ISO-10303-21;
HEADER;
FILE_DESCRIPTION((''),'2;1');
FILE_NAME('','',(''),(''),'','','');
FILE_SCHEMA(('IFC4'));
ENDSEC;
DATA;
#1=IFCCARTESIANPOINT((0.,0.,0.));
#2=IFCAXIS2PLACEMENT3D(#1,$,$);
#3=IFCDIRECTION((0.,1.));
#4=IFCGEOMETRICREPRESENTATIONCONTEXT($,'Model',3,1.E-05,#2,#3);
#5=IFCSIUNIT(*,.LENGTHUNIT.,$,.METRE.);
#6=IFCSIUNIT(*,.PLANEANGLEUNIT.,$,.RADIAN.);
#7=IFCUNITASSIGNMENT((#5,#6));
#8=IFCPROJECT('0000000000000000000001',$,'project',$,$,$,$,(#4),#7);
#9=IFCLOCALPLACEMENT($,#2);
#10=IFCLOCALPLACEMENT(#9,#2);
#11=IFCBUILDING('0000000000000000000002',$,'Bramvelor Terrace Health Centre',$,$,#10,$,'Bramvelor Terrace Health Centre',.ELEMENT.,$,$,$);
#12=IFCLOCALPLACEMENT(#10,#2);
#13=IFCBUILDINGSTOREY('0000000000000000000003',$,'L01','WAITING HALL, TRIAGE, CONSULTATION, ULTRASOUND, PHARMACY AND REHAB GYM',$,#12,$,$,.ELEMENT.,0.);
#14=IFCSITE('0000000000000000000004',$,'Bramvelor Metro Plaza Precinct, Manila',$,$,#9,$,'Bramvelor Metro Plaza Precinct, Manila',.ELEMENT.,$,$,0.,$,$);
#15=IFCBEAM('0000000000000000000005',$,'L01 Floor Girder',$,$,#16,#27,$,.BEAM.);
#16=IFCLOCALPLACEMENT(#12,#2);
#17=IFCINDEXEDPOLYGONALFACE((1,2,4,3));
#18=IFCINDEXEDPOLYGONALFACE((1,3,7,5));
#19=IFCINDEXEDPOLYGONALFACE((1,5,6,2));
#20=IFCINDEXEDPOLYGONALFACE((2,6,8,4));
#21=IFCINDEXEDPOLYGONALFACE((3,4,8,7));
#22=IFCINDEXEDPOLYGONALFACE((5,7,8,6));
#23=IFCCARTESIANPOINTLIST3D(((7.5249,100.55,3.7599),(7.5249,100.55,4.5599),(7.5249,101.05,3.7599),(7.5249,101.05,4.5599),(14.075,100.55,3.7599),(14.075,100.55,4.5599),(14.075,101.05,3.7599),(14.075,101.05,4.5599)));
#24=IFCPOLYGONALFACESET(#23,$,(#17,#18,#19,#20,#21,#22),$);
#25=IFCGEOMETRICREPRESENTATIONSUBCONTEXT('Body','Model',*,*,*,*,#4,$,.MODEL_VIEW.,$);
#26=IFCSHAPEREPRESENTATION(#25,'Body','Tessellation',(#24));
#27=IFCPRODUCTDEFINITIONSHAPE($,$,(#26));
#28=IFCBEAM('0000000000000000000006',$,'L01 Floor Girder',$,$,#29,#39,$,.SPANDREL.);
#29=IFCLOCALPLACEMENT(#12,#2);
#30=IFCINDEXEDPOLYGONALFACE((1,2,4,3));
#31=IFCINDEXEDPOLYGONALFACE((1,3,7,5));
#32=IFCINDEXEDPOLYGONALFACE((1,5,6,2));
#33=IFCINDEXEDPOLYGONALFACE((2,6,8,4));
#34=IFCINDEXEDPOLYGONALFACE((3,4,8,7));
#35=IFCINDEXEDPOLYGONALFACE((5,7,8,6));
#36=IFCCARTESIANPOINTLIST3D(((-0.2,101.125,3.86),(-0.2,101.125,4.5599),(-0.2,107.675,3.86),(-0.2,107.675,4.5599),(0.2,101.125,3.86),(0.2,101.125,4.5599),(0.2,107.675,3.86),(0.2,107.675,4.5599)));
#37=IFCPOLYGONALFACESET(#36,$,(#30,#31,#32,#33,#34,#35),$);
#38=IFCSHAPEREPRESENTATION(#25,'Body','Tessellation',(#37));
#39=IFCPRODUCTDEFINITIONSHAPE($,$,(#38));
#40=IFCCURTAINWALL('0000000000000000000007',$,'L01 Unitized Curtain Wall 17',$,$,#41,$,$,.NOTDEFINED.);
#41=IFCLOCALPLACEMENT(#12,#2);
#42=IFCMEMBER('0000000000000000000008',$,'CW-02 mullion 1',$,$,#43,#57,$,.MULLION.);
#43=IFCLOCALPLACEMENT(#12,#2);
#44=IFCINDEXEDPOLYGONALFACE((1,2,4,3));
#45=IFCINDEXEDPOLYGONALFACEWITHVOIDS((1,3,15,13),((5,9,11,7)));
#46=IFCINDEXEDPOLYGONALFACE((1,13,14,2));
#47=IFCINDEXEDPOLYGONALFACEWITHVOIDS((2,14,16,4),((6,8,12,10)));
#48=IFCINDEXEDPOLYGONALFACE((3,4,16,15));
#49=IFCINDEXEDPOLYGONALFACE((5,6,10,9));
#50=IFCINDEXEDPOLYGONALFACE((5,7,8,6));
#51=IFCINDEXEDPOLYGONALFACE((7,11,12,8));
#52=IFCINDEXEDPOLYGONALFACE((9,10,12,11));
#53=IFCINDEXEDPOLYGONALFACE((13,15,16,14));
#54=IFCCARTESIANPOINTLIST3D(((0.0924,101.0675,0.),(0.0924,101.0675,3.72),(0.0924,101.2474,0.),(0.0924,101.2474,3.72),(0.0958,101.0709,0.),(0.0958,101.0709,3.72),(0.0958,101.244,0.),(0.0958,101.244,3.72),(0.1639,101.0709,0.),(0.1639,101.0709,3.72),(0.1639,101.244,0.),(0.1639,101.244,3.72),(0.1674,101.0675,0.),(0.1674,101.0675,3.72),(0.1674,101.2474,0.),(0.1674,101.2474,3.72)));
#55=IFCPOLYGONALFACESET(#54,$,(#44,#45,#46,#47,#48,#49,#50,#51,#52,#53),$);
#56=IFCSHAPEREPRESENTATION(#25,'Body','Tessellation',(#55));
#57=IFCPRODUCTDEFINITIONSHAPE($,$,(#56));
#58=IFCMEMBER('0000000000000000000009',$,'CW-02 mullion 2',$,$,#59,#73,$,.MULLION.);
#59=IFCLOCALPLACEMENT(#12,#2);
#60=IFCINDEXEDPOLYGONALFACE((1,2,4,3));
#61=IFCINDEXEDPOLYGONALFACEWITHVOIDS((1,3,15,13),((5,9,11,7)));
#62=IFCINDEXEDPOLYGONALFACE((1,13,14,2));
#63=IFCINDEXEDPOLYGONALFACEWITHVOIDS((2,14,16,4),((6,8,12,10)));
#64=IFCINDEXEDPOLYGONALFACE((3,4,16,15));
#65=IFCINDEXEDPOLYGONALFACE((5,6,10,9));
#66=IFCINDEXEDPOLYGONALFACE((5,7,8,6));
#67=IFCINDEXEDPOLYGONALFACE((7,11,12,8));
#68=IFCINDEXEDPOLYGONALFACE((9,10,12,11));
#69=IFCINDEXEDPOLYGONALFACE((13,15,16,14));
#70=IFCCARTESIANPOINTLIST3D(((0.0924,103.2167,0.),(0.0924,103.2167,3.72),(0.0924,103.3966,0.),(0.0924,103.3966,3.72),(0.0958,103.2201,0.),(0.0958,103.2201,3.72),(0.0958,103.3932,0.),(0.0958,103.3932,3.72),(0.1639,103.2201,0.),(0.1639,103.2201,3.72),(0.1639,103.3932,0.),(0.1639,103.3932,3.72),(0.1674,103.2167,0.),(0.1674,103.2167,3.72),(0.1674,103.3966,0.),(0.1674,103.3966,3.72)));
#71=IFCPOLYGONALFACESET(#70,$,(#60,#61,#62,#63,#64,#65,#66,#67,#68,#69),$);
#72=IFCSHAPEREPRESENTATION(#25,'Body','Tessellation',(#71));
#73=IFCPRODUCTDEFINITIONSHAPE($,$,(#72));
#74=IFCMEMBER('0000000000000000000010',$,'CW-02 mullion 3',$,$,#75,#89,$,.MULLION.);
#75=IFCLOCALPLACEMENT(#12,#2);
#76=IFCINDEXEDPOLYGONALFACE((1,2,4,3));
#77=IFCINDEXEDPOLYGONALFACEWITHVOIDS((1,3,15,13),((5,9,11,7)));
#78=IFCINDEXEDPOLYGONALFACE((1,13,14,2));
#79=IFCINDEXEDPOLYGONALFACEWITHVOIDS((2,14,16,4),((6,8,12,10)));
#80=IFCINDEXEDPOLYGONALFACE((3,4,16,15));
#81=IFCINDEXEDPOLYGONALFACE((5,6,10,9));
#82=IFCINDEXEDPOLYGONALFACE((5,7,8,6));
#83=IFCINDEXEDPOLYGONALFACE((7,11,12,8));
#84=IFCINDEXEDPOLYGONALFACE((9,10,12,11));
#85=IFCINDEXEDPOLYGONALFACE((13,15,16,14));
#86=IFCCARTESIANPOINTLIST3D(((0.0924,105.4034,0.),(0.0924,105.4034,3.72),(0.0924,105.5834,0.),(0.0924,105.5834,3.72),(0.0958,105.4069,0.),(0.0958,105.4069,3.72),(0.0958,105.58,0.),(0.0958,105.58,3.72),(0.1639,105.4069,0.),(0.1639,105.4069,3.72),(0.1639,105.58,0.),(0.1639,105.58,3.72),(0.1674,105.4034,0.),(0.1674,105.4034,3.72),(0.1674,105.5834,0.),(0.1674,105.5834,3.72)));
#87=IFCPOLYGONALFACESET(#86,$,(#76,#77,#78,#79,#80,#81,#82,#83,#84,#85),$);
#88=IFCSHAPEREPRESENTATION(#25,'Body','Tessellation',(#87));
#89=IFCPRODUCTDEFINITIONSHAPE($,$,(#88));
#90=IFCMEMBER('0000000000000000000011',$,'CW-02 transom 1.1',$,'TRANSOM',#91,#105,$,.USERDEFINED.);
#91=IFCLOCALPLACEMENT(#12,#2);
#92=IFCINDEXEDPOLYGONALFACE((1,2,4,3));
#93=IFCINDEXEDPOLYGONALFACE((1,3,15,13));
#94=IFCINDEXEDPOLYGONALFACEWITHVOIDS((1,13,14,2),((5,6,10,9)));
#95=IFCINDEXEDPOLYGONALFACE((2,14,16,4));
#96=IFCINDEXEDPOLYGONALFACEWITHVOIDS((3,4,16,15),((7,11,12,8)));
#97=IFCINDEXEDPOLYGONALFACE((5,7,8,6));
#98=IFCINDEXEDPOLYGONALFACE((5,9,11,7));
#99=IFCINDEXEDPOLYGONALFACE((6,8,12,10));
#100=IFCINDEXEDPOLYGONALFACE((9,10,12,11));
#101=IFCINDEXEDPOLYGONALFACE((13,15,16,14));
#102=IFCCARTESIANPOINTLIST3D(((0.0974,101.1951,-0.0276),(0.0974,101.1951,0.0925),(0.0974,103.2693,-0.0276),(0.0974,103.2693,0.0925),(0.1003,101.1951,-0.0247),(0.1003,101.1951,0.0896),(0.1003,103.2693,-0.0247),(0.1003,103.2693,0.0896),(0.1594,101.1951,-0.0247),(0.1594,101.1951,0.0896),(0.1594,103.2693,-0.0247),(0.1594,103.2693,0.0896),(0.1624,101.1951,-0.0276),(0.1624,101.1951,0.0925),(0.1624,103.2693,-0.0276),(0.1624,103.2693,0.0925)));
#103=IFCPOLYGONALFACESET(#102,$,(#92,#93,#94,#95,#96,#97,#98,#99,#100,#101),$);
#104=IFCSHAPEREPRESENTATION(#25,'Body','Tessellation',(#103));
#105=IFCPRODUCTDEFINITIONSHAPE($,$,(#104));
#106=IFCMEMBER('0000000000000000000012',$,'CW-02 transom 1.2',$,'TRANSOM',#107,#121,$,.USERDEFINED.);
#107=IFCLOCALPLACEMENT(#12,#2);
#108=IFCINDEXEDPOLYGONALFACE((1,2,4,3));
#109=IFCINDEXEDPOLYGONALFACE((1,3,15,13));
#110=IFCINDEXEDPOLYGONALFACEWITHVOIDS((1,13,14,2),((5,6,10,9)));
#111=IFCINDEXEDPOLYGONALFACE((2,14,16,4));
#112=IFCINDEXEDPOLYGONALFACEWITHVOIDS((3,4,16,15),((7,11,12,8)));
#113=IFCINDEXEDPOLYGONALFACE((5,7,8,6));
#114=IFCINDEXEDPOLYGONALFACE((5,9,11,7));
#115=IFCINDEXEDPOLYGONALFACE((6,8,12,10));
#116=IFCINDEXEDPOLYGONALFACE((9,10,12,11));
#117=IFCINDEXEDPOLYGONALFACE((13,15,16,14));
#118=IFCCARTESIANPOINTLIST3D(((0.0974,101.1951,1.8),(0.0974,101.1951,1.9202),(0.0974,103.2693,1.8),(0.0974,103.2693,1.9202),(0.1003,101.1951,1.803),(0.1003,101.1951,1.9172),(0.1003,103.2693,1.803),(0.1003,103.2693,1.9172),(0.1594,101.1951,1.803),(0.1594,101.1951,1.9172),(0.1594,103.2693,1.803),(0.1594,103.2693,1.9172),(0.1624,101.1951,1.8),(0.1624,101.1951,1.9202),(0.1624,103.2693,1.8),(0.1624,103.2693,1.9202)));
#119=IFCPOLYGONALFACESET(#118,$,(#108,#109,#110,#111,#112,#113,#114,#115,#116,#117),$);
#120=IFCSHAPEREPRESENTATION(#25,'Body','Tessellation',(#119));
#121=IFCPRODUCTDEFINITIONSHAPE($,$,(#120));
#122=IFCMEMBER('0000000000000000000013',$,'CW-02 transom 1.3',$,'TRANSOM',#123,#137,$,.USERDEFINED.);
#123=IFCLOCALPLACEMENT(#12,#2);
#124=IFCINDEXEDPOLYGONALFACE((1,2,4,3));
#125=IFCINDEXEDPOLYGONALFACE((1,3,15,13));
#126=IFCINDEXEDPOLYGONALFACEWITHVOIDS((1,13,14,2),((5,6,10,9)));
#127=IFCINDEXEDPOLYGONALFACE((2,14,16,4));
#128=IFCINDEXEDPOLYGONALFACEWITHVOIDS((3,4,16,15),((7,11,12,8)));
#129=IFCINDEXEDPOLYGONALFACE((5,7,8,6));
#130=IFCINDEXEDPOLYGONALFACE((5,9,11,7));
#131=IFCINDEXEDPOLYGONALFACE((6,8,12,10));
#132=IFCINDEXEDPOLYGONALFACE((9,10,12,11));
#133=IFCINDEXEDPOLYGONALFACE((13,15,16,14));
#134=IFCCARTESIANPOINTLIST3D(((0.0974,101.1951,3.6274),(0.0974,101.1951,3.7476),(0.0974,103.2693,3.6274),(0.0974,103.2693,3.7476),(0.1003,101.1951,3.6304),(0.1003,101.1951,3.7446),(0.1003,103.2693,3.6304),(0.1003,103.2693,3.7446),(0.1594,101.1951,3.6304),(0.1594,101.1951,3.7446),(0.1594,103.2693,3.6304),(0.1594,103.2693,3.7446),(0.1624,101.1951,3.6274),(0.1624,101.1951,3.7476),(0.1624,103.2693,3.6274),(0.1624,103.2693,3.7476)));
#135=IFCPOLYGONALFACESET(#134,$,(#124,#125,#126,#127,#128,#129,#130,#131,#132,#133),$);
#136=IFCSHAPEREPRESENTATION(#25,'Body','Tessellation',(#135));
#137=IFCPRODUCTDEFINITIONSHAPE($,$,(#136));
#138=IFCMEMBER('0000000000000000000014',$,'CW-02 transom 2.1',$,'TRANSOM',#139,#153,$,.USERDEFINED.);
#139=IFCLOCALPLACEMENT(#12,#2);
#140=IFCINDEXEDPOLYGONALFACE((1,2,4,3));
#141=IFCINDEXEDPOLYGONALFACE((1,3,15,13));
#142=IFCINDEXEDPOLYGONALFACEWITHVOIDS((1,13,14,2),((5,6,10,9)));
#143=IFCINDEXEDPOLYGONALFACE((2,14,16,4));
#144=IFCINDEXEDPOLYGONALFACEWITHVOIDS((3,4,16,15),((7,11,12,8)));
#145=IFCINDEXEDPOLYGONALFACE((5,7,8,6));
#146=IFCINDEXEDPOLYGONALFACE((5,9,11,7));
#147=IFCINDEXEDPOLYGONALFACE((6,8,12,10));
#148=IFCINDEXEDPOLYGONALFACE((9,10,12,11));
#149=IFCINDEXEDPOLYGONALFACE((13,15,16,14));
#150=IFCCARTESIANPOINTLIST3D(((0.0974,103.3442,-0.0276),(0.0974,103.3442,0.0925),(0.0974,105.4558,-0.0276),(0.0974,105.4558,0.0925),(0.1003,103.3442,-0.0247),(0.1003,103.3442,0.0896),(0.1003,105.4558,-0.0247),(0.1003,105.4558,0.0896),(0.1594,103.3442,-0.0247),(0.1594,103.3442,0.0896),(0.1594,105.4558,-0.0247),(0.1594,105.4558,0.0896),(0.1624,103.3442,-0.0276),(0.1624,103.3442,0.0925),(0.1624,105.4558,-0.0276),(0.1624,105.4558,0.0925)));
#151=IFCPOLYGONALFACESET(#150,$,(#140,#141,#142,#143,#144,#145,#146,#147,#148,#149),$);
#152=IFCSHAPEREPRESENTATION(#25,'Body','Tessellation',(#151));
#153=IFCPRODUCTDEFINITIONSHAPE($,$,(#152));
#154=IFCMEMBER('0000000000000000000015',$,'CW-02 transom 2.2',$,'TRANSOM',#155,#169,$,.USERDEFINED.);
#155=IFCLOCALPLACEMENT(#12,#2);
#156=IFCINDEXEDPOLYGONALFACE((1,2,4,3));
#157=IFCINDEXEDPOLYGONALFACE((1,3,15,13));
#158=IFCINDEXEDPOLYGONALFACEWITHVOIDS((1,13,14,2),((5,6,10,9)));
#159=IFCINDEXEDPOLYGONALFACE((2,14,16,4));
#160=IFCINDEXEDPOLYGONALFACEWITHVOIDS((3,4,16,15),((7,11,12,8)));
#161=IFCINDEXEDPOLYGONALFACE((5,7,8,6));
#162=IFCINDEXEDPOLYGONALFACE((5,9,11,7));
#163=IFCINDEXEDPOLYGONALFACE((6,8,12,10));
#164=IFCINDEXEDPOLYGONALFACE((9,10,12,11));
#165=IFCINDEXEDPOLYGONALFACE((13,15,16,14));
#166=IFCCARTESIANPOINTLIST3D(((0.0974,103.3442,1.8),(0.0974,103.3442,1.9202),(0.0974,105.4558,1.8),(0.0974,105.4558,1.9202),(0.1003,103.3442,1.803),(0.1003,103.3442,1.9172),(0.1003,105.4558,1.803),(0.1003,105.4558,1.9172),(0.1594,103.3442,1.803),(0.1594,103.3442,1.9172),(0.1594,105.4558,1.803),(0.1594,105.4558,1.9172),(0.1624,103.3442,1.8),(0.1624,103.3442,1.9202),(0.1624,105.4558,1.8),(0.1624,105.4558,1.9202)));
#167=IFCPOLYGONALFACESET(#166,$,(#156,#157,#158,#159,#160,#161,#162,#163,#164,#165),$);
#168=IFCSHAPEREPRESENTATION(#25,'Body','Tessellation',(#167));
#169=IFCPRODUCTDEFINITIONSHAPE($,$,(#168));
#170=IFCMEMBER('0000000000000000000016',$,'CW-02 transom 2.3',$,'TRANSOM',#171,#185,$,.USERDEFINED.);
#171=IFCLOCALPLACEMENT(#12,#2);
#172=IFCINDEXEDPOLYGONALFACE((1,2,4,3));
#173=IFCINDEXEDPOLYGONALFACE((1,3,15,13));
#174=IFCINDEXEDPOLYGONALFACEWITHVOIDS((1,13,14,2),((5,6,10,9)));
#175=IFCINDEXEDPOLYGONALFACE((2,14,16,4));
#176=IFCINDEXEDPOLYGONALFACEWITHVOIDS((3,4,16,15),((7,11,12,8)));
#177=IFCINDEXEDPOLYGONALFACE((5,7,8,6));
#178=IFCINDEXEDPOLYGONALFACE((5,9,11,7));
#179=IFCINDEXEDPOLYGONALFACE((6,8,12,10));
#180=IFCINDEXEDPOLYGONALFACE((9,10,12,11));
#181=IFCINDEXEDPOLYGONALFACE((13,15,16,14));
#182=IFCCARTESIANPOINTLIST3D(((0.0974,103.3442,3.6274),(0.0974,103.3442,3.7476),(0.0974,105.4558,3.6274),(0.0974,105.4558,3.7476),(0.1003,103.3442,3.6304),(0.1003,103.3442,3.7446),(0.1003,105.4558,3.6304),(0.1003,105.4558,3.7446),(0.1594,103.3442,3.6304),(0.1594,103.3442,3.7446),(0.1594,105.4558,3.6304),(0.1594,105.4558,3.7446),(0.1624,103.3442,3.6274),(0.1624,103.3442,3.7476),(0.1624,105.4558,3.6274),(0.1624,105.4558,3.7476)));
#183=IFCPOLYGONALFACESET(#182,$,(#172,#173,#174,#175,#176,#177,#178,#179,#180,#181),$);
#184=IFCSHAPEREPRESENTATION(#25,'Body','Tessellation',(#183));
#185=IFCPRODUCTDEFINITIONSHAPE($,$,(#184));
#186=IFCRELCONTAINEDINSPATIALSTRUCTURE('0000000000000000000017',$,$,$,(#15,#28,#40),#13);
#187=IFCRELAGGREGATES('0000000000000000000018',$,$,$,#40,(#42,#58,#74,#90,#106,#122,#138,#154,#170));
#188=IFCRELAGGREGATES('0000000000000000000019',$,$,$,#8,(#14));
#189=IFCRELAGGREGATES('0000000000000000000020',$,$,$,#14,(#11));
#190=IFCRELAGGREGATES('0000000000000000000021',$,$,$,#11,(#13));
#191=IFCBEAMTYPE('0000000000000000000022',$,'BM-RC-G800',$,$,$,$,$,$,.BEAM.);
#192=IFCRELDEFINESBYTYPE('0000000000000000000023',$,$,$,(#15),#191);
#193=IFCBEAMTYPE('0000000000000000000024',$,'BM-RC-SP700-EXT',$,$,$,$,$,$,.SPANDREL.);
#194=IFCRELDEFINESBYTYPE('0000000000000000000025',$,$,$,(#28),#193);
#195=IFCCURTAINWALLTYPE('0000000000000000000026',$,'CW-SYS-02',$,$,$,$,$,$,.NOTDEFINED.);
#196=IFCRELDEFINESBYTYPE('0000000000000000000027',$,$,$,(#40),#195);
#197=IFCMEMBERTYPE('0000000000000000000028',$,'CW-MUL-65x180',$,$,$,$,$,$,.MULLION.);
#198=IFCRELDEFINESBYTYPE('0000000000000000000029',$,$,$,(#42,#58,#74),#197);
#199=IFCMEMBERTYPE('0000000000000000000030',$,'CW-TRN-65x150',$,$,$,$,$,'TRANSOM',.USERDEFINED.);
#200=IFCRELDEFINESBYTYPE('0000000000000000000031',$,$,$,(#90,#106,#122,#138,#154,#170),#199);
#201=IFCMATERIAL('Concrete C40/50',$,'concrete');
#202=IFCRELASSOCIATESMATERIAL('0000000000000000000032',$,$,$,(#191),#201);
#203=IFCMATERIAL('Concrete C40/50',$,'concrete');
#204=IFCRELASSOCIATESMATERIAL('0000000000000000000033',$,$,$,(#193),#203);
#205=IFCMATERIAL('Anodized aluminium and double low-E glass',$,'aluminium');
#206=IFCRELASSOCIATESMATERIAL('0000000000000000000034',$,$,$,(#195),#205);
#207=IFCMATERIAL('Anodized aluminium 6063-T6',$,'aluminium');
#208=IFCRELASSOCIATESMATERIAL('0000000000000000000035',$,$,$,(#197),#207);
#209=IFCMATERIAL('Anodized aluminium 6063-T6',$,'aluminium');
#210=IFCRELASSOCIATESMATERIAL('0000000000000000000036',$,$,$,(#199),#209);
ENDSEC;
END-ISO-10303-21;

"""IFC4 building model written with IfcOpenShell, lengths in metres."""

from ifc_helpers import new_model, si_unit, direction, frame, origin, origin_2d, place, context, subcontext, project, spatial, rectangle, hollow_rectangle, extrude, material, material_profile, profile_set, type_object, element, aggregate, save


model = new_model("IFC4")

# Units and contexts
model_context = context("Model", 3, precision=1e-05, world=origin(), true_north=direction((0.0, 1.0)))
body_context = subcontext(model_context, "Body", "Model", "MODEL_VIEW")
ifc_project = project(units=[si_unit("LENGTHUNIT", "METRE"), si_unit("PLANEANGLEUNIT", "RADIAN")], contexts=[model_context])

# Site, building, storey
site_placement = place(None, origin())
site = spatial("IfcSite", under=ifc_project, at=site_placement, Name="Bramvelor Metro Plaza Precinct, Manila", LongName="Bramvelor Metro Plaza Precinct, Manila", CompositionType="ELEMENT", RefElevation=0.0)
building_placement = place(site_placement, origin())
building = spatial("IfcBuilding", under=site, at=building_placement, Name="Bramvelor Terrace Health Centre", LongName="Bramvelor Terrace Health Centre", CompositionType="ELEMENT")
storey_placement = place(building_placement, origin())
storey = spatial("IfcBuildingStorey", under=building, at=storey_placement, Name="L01", Description="WAITING HALL, TRIAGE, CONSULTATION, ULTRASOUND, PHARMACY AND REHAB GYM", CompositionType="ELEMENT", Elevation=0.0)

# Beams
ifc_material_1 = material(Name="Concrete C40/50", Category="concrete")
ifc_material_profile_1 = material_profile(ifc_material_1, rectangle(XDim=0.5, YDim=0.8, at=origin_2d()), Name="RC 500x800")
ifc_profile_set_1 = profile_set([ifc_material_profile_1], Name="Concrete C40/50")
beam_type_1 = type_object("IfcBeamType", Name="BM-RC-G800", PredefinedType="BEAM", material=ifc_profile_set_1)
beam_1_placement = place(storey_placement, frame((7.5249, 100.8, 4.1599), z_axis=(1.0, 0.0, 0.0), x_axis=(0.0, 1.0, 0.0)))
element("IfcBeam", 1, at=beam_1_placement, inside=storey, type_object=beam_type_1, Name="L01 Floor Girder", PredefinedType="BEAM", context=body_context, shape_type="SweptSolid", body=[
    extrude(rectangle(XDim=0.5, YDim=0.8, at=origin_2d()), origin(), (0.0, 0.0, 1.0), 6.55),
])
ifc_material_2 = material(Name="Concrete C40/50", Category="concrete")
ifc_material_profile_2 = material_profile(ifc_material_2, rectangle(XDim=0.3999, YDim=0.7, at=origin_2d()), Name="RC 400x700")
ifc_profile_set_2 = profile_set([ifc_material_profile_2], Name="Concrete C40/50")
beam_type_2 = type_object("IfcBeamType", Name="BM-RC-SP700-EXT", PredefinedType="SPANDREL", material=ifc_profile_set_2)
beam_2_placement = place(storey_placement, frame((0.0, 101.125, 4.21), z_axis=(0.0, 1.0, 0.0), x_axis=(-1.0, 0.0, 0.0)))
element("IfcBeam", 2, at=beam_2_placement, inside=storey, type_object=beam_type_2, Name="L01 Floor Girder", PredefinedType="SPANDREL", context=body_context, shape_type="SweptSolid", body=[
    extrude(rectangle(XDim=0.3999, YDim=0.7, at=origin_2d()), origin(), (0.0, 0.0, 1.0), 6.55),
])

# Curtain wall, members
ifc_material_3 = material(Name="Anodized aluminium and double low-E glass", Category="aluminium")
curtain_wall_type = type_object("IfcCurtainWallType", Name="CW-SYS-02", PredefinedType="NOTDEFINED", material=ifc_material_3)
curtain_wall_placement = place(storey_placement, origin())
curtain_wall = element("IfcCurtainWall", 3, at=curtain_wall_placement, inside=storey, type_object=curtain_wall_type, Name="L01 Unitized Curtain Wall 17", PredefinedType="NOTDEFINED")
ifc_material_4 = material(Name="Anodized aluminium 6063-T6", Category="aluminium")
ifc_material_profile_3 = material_profile(ifc_material_4, hollow_rectangle(XDim=0.075, YDim=0.1799, WallThickness=0.0034, at=origin_2d()), Name="ALU-MUL 75x180x3.5")
ifc_profile_set_3 = profile_set([ifc_material_profile_3], Name="Anodized aluminium 6063-T6")
member_type_1 = type_object("IfcMemberType", Name="CW-MUL-65x180", PredefinedType="MULLION", material=ifc_profile_set_3)
member_1_placement = place(storey_placement, frame((0.1299, 101.1575, 0.0), z_axis=(0.0, 0.0, 1.0), x_axis=(-1.0, 0.0, 0.0)))
member_1 = element("IfcMember", 4, at=member_1_placement, type_object=member_type_1, Name="CW-02 mullion 1", PredefinedType="MULLION", context=body_context, shape_type="SweptSolid", body=[
    extrude(hollow_rectangle(XDim=0.075, YDim=0.1799, WallThickness=0.0034, at=origin_2d()), origin(), (0.0, 0.0, 1.0), 3.72),
])
member_2_placement = place(storey_placement, frame((0.1299, 103.3066, 0.0), z_axis=(0.0, 0.0, 1.0), x_axis=(-1.0, 0.0, 0.0)))
member_2 = element("IfcMember", 5, at=member_2_placement, type_object=member_type_1, Name="CW-02 mullion 2", PredefinedType="MULLION", context=body_context, shape_type="SweptSolid", body=[
    extrude(hollow_rectangle(XDim=0.075, YDim=0.1799, WallThickness=0.0034, at=origin_2d()), origin(), (0.0, 0.0, 1.0), 3.72),
])
member_3_placement = place(storey_placement, frame((0.1299, 105.4934, 0.0), z_axis=(0.0, 0.0, 1.0), x_axis=(-1.0, 0.0, 0.0)))
member_3 = element("IfcMember", 6, at=member_3_placement, type_object=member_type_1, Name="CW-02 mullion 3", PredefinedType="MULLION", context=body_context, shape_type="SweptSolid", body=[
    extrude(hollow_rectangle(XDim=0.075, YDim=0.1799, WallThickness=0.0034, at=origin_2d()), origin(), (0.0, 0.0, 1.0), 3.72),
])
ifc_material_5 = material(Name="Anodized aluminium 6063-T6", Category="aluminium")
ifc_material_profile_4 = material_profile(ifc_material_5, hollow_rectangle(XDim=0.0649, YDim=0.1201, WallThickness=0.0029, at=origin_2d()), Name="ALU-TRN 65x120x3.0")
ifc_profile_set_4 = profile_set([ifc_material_profile_4], Name="Anodized aluminium 6063-T6")
member_type_2 = type_object("IfcMemberType", Name="CW-TRN-65x150", ElementType="TRANSOM", PredefinedType="USERDEFINED", material=ifc_profile_set_4)
member_4_placement = place(storey_placement, frame((0.1299, 101.1951, 0.0325), z_axis=(0.0, 1.0, 0.0), x_axis=(-1.0, 0.0, 0.0)))
member_4 = element("IfcMember", 7, at=member_4_placement, type_object=member_type_2, Name="CW-02 transom 1.1", ObjectType="TRANSOM", PredefinedType="USERDEFINED", context=body_context, shape_type="SweptSolid", body=[
    extrude(hollow_rectangle(XDim=0.0649, YDim=0.1201, WallThickness=0.0029, at=origin_2d()), origin(), (0.0, 0.0, 1.0), 2.0742),
])
member_5_placement = place(storey_placement, frame((0.1299, 101.1951, 1.8601), z_axis=(0.0, 1.0, 0.0), x_axis=(-1.0, 0.0, 0.0)))
member_5 = element("IfcMember", 8, at=member_5_placement, type_object=member_type_2, Name="CW-02 transom 1.2", ObjectType="TRANSOM", PredefinedType="USERDEFINED", context=body_context, shape_type="SweptSolid", body=[
    extrude(hollow_rectangle(XDim=0.0649, YDim=0.1201, WallThickness=0.0029, at=origin_2d()), origin(), (0.0, 0.0, 1.0), 2.0742),
])
member_6_placement = place(storey_placement, frame((0.1299, 101.1951, 3.6875), z_axis=(0.0, 1.0, 0.0), x_axis=(-1.0, 0.0, 0.0)))
member_6 = element("IfcMember", 9, at=member_6_placement, type_object=member_type_2, Name="CW-02 transom 1.3", ObjectType="TRANSOM", PredefinedType="USERDEFINED", context=body_context, shape_type="SweptSolid", body=[
    extrude(hollow_rectangle(XDim=0.0649, YDim=0.1201, WallThickness=0.0029, at=origin_2d()), origin(), (0.0, 0.0, 1.0), 2.0742),
])
member_7_placement = place(storey_placement, frame((0.1299, 103.3442, 0.0325), z_axis=(0.0, 1.0, 0.0), x_axis=(-1.0, 0.0, 0.0)))
member_7 = element("IfcMember", 10, at=member_7_placement, type_object=member_type_2, Name="CW-02 transom 2.1", ObjectType="TRANSOM", PredefinedType="USERDEFINED", context=body_context, shape_type="SweptSolid", body=[
    extrude(hollow_rectangle(XDim=0.0649, YDim=0.1201, WallThickness=0.0029, at=origin_2d()), origin(), (0.0, 0.0, 1.0), 2.1116),
])
member_8_placement = place(storey_placement, frame((0.1299, 103.3442, 1.8601), z_axis=(0.0, 1.0, 0.0), x_axis=(-1.0, 0.0, 0.0)))
member_8 = element("IfcMember", 11, at=member_8_placement, type_object=member_type_2, Name="CW-02 transom 2.2", ObjectType="TRANSOM", PredefinedType="USERDEFINED", context=body_context, shape_type="SweptSolid", body=[
    extrude(hollow_rectangle(XDim=0.0649, YDim=0.1201, WallThickness=0.0029, at=origin_2d()), origin(), (0.0, 0.0, 1.0), 2.1116),
])
member_9_placement = place(storey_placement, frame((0.1299, 103.3442, 3.6875), z_axis=(0.0, 1.0, 0.0), x_axis=(-1.0, 0.0, 0.0)))
member_9 = element("IfcMember", 12, at=member_9_placement, type_object=member_type_2, Name="CW-02 transom 2.3", ObjectType="TRANSOM", PredefinedType="USERDEFINED", context=body_context, shape_type="SweptSolid", body=[
    extrude(hollow_rectangle(XDim=0.0649, YDim=0.1201, WallThickness=0.0029, at=origin_2d()), origin(), (0.0, 0.0, 1.0), 2.1116),
])
aggregate(curtain_wall, [member_1, member_2, member_3, member_4, member_5, member_6, member_7, member_8, member_9])

save(model, "model.ifc")
